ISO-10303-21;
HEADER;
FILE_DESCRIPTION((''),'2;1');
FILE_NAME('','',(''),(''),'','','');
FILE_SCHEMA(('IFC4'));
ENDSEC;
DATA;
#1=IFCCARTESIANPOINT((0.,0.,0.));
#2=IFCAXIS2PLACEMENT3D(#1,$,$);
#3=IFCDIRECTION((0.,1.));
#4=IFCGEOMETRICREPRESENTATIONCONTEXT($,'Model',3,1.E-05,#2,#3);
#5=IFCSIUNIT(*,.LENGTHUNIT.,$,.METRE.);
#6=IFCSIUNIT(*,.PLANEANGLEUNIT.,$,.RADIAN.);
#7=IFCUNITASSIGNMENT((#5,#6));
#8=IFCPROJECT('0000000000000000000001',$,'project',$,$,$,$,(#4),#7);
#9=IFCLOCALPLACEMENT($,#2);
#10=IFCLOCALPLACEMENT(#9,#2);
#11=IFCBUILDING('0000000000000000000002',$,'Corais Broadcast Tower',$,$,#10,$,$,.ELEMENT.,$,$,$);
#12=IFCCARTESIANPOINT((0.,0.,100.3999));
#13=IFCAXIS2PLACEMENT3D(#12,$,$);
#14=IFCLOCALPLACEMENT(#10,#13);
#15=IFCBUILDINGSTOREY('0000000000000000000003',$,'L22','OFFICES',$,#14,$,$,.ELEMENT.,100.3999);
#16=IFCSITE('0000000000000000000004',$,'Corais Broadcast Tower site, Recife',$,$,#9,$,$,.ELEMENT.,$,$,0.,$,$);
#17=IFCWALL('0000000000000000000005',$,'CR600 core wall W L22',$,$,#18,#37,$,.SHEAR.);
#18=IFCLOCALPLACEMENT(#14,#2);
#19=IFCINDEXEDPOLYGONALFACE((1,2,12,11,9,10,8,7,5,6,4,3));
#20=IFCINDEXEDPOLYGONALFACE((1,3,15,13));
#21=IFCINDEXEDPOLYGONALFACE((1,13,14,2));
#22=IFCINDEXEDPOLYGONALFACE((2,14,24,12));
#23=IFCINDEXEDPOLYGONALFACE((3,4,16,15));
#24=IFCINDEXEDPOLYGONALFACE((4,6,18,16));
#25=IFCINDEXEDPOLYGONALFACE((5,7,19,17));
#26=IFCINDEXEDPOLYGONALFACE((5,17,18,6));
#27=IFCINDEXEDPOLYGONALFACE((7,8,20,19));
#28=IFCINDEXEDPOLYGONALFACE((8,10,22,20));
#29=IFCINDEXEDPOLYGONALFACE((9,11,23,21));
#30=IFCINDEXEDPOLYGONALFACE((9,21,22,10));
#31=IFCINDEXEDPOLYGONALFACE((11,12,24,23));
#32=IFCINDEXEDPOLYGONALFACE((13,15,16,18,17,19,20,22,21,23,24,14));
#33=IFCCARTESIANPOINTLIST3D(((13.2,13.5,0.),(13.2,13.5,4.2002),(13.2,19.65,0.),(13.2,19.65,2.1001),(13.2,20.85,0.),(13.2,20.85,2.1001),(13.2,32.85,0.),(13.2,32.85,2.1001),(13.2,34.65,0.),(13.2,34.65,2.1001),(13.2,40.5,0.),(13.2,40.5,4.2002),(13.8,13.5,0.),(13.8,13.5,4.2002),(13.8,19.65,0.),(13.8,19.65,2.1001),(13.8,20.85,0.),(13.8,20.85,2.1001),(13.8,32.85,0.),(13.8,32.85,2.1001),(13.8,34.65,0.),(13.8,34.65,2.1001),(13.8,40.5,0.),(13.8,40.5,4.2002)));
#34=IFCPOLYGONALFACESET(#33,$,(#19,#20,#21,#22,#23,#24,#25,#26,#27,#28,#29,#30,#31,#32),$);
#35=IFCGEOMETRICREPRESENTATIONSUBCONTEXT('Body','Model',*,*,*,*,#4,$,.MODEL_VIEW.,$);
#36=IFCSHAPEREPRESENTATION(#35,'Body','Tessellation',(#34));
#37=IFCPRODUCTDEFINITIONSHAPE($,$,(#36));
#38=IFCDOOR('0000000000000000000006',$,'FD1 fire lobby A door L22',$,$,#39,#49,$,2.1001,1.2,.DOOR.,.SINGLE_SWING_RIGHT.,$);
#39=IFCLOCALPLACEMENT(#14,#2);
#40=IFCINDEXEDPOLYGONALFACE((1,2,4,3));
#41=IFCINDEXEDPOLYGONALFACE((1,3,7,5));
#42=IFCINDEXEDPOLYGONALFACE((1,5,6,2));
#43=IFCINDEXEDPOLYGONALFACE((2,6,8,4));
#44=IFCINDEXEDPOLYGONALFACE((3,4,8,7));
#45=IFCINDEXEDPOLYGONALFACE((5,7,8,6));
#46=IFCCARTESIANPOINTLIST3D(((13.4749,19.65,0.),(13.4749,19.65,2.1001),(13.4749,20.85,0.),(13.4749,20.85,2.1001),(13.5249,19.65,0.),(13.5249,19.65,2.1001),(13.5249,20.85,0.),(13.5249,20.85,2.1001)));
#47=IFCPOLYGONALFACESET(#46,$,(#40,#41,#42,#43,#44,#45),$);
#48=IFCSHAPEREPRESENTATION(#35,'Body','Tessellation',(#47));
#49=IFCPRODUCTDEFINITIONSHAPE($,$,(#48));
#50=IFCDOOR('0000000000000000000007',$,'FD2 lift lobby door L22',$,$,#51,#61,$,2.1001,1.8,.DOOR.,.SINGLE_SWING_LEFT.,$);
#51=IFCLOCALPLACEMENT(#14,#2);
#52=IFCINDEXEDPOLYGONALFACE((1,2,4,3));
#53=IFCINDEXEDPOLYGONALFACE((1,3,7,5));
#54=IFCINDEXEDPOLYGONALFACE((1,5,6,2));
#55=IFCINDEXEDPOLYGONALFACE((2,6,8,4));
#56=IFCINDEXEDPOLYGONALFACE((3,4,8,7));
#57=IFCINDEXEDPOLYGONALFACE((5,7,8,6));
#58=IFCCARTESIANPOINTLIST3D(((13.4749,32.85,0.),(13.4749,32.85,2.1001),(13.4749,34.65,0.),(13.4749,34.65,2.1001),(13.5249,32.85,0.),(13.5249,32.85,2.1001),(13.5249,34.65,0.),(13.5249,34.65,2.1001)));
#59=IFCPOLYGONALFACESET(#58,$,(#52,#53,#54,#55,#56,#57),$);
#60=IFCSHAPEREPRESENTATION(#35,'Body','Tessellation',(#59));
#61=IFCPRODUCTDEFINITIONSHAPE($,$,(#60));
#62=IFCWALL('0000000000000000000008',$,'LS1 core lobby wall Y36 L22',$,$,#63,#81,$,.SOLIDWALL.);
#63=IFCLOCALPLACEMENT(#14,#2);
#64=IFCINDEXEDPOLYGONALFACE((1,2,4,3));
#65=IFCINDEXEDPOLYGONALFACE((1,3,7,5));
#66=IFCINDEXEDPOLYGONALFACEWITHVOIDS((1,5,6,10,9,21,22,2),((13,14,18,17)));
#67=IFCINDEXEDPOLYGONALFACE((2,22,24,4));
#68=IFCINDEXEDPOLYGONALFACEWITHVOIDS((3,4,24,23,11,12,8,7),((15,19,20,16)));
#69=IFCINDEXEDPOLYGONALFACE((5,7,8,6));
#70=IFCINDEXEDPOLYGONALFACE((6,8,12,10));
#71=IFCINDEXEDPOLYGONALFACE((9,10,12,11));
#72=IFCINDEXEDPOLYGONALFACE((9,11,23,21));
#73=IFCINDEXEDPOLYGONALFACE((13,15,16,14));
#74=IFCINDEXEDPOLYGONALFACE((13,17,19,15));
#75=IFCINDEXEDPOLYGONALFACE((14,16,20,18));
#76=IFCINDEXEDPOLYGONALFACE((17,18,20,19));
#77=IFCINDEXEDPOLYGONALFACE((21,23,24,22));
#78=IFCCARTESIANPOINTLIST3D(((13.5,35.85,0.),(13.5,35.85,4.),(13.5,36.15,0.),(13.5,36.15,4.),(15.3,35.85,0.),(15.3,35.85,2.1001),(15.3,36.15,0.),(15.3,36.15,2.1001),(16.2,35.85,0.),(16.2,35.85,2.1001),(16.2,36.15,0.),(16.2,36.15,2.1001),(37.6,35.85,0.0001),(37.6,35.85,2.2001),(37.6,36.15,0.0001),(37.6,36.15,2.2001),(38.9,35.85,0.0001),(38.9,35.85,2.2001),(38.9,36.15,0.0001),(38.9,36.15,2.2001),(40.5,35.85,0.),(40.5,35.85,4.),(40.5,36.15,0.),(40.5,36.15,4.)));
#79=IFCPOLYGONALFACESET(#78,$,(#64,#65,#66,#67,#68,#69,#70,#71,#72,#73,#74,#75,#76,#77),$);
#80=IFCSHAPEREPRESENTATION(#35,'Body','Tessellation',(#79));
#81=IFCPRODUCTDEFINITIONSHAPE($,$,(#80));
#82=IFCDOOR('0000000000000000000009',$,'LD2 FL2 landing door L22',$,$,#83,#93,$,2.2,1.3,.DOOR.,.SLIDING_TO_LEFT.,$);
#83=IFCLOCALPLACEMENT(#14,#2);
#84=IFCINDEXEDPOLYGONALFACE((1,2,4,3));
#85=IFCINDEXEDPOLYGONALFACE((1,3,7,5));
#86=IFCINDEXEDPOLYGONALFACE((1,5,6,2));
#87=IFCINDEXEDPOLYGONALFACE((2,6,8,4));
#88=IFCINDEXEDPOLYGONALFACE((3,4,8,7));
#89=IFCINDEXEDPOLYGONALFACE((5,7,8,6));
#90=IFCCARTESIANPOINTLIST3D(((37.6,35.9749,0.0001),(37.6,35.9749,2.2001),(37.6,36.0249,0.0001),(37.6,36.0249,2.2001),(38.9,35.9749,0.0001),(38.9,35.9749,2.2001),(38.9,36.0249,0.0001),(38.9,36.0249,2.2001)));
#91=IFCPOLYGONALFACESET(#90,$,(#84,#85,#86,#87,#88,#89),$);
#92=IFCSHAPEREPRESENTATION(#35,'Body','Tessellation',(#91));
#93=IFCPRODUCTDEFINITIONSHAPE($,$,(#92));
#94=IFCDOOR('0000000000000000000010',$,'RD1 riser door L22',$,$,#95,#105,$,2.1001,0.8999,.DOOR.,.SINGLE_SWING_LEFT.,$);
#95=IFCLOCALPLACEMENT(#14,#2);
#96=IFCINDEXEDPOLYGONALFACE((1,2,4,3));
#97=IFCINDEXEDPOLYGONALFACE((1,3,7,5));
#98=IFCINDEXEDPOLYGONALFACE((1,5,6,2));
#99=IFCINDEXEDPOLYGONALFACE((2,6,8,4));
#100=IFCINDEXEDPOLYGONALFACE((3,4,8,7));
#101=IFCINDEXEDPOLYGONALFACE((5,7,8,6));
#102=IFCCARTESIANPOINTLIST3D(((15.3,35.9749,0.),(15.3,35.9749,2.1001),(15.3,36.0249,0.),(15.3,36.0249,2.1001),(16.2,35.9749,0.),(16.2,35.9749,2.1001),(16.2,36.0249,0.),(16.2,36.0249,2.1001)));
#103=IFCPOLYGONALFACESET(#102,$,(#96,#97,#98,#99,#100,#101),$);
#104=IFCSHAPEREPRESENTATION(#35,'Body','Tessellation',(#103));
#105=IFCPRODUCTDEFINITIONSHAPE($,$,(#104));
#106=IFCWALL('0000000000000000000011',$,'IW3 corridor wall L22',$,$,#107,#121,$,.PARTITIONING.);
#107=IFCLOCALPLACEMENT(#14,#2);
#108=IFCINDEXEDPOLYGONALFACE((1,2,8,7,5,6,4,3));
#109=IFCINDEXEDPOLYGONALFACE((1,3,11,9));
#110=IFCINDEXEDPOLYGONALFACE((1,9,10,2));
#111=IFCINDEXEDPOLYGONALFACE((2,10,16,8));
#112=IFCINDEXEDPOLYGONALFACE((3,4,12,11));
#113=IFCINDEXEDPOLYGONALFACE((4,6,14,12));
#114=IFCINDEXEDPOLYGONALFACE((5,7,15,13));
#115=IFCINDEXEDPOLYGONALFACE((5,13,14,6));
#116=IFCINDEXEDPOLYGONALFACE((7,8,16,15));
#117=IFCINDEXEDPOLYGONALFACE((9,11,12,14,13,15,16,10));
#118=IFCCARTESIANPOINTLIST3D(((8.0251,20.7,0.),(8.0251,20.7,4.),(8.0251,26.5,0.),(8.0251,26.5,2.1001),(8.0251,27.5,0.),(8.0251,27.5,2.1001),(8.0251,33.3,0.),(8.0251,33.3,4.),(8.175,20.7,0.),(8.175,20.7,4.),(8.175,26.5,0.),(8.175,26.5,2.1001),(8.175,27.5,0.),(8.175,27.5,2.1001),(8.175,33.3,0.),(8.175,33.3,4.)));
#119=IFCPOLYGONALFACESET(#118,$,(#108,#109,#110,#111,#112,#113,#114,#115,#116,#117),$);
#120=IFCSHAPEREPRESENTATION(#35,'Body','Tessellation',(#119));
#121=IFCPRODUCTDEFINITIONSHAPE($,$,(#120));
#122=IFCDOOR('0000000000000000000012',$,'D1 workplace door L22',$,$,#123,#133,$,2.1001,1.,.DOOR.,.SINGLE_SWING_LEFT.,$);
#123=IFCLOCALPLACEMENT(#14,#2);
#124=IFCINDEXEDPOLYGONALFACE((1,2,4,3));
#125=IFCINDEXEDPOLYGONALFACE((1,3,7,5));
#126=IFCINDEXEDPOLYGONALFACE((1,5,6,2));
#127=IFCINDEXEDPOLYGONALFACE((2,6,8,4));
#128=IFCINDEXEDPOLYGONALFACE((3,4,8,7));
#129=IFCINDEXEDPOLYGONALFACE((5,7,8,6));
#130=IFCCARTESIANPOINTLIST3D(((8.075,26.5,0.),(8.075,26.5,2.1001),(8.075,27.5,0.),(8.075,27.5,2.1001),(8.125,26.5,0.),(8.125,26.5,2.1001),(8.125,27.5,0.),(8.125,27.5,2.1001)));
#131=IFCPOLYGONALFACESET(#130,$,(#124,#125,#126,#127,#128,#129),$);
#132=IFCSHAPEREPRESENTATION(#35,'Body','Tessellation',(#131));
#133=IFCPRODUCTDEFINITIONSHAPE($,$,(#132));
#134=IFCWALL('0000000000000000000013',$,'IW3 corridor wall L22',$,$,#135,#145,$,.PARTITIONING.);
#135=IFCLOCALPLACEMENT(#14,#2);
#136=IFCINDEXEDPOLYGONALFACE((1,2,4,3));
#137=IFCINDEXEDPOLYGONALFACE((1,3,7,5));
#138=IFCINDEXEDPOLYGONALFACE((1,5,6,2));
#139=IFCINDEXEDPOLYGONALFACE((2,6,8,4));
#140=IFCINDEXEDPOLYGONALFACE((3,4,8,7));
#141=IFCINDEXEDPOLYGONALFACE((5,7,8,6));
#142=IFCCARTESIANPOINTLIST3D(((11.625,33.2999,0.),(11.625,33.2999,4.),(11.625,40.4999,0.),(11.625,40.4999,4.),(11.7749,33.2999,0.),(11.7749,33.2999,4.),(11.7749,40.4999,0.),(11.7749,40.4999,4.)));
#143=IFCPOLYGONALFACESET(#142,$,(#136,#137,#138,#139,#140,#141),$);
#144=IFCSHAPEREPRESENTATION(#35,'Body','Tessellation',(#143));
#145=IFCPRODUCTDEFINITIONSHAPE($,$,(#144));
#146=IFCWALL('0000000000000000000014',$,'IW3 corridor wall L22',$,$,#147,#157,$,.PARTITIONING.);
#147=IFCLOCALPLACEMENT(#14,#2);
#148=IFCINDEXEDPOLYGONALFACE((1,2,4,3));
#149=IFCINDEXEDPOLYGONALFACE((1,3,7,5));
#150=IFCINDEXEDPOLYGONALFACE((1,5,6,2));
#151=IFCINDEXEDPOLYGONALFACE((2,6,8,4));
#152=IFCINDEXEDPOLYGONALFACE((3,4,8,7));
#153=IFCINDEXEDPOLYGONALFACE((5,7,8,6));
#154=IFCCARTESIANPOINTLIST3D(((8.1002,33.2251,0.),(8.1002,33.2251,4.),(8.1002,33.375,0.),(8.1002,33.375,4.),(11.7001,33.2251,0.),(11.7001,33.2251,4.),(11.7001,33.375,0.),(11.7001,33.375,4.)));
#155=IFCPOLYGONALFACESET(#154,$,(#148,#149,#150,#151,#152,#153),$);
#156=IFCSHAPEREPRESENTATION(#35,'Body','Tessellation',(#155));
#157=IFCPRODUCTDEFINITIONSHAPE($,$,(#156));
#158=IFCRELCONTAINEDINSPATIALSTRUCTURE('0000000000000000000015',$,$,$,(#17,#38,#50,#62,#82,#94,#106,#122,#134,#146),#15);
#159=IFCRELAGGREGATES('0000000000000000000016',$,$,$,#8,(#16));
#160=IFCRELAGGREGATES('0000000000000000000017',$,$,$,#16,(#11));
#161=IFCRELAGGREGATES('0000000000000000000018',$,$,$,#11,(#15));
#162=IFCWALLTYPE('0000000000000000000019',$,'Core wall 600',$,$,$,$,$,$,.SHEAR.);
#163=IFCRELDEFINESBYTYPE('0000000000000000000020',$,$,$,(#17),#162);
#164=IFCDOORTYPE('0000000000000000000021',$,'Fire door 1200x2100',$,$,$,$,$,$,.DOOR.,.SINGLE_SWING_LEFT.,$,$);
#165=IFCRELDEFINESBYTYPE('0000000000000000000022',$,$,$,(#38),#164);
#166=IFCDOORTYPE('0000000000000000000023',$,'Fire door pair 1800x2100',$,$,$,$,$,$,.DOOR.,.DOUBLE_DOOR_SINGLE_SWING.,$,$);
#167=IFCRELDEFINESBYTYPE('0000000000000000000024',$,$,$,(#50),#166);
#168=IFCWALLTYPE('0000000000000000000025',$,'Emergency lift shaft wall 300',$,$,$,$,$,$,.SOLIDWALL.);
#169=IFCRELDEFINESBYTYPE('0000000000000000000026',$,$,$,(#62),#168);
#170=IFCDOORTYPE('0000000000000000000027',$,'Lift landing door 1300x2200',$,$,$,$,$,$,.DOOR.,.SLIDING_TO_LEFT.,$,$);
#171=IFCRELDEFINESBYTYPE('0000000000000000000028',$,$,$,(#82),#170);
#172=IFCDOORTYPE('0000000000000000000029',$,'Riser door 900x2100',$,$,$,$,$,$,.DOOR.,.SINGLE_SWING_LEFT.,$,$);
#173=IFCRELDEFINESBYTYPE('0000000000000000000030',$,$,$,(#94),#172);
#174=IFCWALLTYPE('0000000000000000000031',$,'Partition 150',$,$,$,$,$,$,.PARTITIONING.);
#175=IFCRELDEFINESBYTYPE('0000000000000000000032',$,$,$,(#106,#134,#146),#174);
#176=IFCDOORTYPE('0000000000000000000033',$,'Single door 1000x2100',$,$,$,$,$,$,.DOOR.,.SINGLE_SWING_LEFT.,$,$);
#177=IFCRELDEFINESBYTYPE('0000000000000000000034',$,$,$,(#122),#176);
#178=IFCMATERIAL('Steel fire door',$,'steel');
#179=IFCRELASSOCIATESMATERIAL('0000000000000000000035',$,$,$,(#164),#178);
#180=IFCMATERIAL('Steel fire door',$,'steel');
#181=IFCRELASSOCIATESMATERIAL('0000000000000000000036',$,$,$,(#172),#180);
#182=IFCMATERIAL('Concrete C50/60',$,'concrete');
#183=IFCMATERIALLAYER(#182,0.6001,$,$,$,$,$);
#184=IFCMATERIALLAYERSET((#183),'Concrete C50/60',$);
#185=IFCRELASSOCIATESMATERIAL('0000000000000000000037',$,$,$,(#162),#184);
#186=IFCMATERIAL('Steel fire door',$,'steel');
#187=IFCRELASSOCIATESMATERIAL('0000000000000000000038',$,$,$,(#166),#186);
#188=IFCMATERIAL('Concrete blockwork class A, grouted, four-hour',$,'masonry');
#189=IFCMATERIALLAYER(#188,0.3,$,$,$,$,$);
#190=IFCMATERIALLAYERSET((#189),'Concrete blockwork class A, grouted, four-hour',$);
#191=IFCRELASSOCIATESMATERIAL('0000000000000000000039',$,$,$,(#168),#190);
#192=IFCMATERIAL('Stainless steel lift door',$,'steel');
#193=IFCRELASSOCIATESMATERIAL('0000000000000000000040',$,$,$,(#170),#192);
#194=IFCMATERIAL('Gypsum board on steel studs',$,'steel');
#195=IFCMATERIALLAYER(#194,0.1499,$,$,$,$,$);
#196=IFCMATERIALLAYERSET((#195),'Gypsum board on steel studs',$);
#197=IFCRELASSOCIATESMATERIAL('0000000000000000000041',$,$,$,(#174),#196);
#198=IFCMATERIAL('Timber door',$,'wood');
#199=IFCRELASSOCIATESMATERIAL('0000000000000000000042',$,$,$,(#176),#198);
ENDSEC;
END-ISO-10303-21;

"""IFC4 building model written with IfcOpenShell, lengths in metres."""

from ifc_helpers import new_model, si_unit, direction, frame, frame_2d, origin, place, context, subcontext, project, spatial, rectangle, extrude, material, layer, layer_set, type_object, element, fill, save


model = new_model("IFC4")

# Units and contexts
model_context = context("Model", 3, precision=1e-05, world=origin(), true_north=direction((0.0, 1.0)))
body_context = subcontext(model_context, "Body", "Model", "MODEL_VIEW")
ifc_project = project(units=[si_unit("LENGTHUNIT", "METRE"), si_unit("PLANEANGLEUNIT", "RADIAN")], contexts=[model_context])

# Site, building, storey
site_placement = place(None, origin())
site = spatial("IfcSite", under=ifc_project, at=site_placement, Name="Corais Broadcast Tower site, Recife", CompositionType="ELEMENT", RefElevation=0.0)
building_placement = place(site_placement, origin())
building = spatial("IfcBuilding", under=site, at=building_placement, Name="Corais Broadcast Tower", CompositionType="ELEMENT")
storey_placement = place(building_placement, frame((0.0, 0.0, 100.3999)))
storey = spatial("IfcBuildingStorey", under=building, at=storey_placement, Name="L22", Description="OFFICES", CompositionType="ELEMENT", Elevation=100.3999)

# Walls, openings, doors
ifc_material_1 = material(Name="Steel fire door", Category="steel")
door_type_1 = type_object("IfcDoorType", Name="Fire door 1200x2100", OperationType="SINGLE_SWING_LEFT", PredefinedType="DOOR", material=ifc_material_1)
ifc_material_2 = material(Name="Steel fire door", Category="steel")
door_type_2 = type_object("IfcDoorType", Name="Riser door 900x2100", OperationType="SINGLE_SWING_LEFT", PredefinedType="DOOR", material=ifc_material_2)
ifc_material_3 = material(Name="Concrete C50/60", Category="concrete")
ifc_layer_1 = layer(ifc_material_3, 0.6001)
ifc_layer_set_1 = layer_set([ifc_layer_1], Name="Concrete C50/60")
wall_type_1 = type_object("IfcWallType", Name="Core wall 600", PredefinedType="SHEAR", material=ifc_layer_set_1)
wall_1_placement = place(storey_placement, frame((13.5, 40.5, 0.0), z_axis=(0.0, 0.0, 1.0), x_axis=(0.0, -1.0, 0.0)))
wall_1 = element("IfcWall", 1, at=wall_1_placement, inside=storey, type_object=wall_type_1, Name="CR600 core wall W L22", PredefinedType="SHEAR", context=body_context, shape_type="SweptSolid", body=[
    extrude(rectangle(XDim=27.0, YDim=0.6001, at=frame_2d((13.5, 0.0))), origin(), (0.0, 0.0, 1.0), 4.2002),
])
opening_1_placement = place(wall_1_placement, frame((19.6499, 0.0, 0.0)))
opening_1 = element("IfcOpeningElement", 2, at=opening_1_placement, cuts=wall_1, PredefinedType="OPENING", context=body_context, shape_type="SweptSolid", body=[
    extrude(rectangle(XDim=1.2, YDim=2.1001, at=frame_2d((0.6001, 1.05))), frame((0.0, 0.3101, 0.0), z_axis=(0.0, -1.0, 0.0), x_axis=(1.0, 0.0, 0.0)), (0.0, 0.0, 1.0), 0.6201),
])
opening_2_placement = place(wall_1_placement, frame((5.8501, 0.0, 0.0)))
opening_2 = element("IfcOpeningElement", 3, at=opening_2_placement, cuts=wall_1, PredefinedType="OPENING", context=body_context, shape_type="SweptSolid", body=[
    extrude(rectangle(XDim=1.8, YDim=2.1001, at=frame_2d((0.8999, 1.05))), frame((0.0, 0.3101, 0.0), z_axis=(0.0, -1.0, 0.0), x_axis=(1.0, 0.0, 0.0)), (0.0, 0.0, 1.0), 0.6201),
])
door_1_placement = place(opening_1_placement, origin())
door_1 = element("IfcDoor", 4, at=door_1_placement, inside=storey, type_object=door_type_1, Name="FD1 fire lobby A door L22", OperationType="SINGLE_SWING_RIGHT", OverallHeight=2.1001, OverallWidth=1.2, PredefinedType="DOOR", context=body_context, shape_type="SweptSolid", body=[
    extrude(rectangle(XDim=1.2, YDim=2.1001, at=frame_2d((0.6001, 1.05))), frame((0.0, 0.0249, 0.0), z_axis=(0.0, -1.0, 0.0), x_axis=(1.0, 0.0, 0.0)), (0.0, 0.0, 1.0), 0.05),
])
fill(opening_1, door_1)
ifc_material_4 = material(Name="Steel fire door", Category="steel")
door_type_3 = type_object("IfcDoorType", Name="Fire door pair 1800x2100", OperationType="DOUBLE_DOOR_SINGLE_SWING", PredefinedType="DOOR", material=ifc_material_4)
door_2_placement = place(opening_2_placement, origin())
door_2 = element("IfcDoor", 5, at=door_2_placement, inside=storey, type_object=door_type_3, Name="FD2 lift lobby door L22", OperationType="SINGLE_SWING_LEFT", OverallHeight=2.1001, OverallWidth=1.8, PredefinedType="DOOR", context=body_context, shape_type="SweptSolid", body=[
    extrude(rectangle(XDim=1.8, YDim=2.1001, at=frame_2d((0.8999, 1.05))), frame((0.0, 0.0249, 0.0), z_axis=(0.0, -1.0, 0.0), x_axis=(1.0, 0.0, 0.0)), (0.0, 0.0, 1.0), 0.05),
])
fill(opening_2, door_2)
ifc_material_5 = material(Name="Concrete blockwork class A, grouted, four-hour", Category="masonry")
ifc_layer_2 = layer(ifc_material_5, 0.3)
ifc_layer_set_2 = layer_set([ifc_layer_2], Name="Concrete blockwork class A, grouted, four-hour")
wall_type_2 = type_object("IfcWallType", Name="Emergency lift shaft wall 300", PredefinedType="SOLIDWALL", material=ifc_layer_set_2)
wall_2_placement = place(storey_placement, frame((13.5, 36.0, 0.0), z_axis=(0.0, 0.0, 1.0), x_axis=(1.0, 0.0, 0.0)))
wall_2 = element("IfcWall", 6, at=wall_2_placement, inside=storey, type_object=wall_type_2, Name="LS1 core lobby wall Y36 L22", PredefinedType="SOLIDWALL", context=body_context, shape_type="SweptSolid", body=[
    extrude(rectangle(XDim=27.0, YDim=0.3, at=frame_2d((13.5, 0.0))), origin(), (0.0, 0.0, 1.0), 4.0),
])
opening_3_placement = place(wall_2_placement, frame((1.8, 0.0, 0.0)))
opening_3 = element("IfcOpeningElement", 7, at=opening_3_placement, cuts=wall_2, PredefinedType="OPENING", context=body_context, shape_type="SweptSolid", body=[
    extrude(rectangle(XDim=0.8999, YDim=2.1001, at=frame_2d((0.45, 1.05))), frame((0.0, 0.1599, 0.0), z_axis=(0.0, -1.0, 0.0), x_axis=(1.0, 0.0, 0.0)), (0.0, 0.0, 1.0), 0.3201),
])
opening_4_placement = place(wall_2_placement, frame((24.1001, 0.0, 0.0)))
opening_4 = element("IfcOpeningElement", 8, at=opening_4_placement, cuts=wall_2, PredefinedType="OPENING", context=body_context, shape_type="SweptSolid", body=[
    extrude(rectangle(XDim=1.3, YDim=2.2, at=frame_2d((0.6499, 1.1001))), frame((0.0, 0.1599, 0.0), z_axis=(0.0, -1.0, 0.0), x_axis=(1.0, 0.0, 0.0)), (0.0, 0.0, 1.0), 0.3201),
])
ifc_material_6 = material(Name="Stainless steel lift door", Category="steel")
door_type_4 = type_object("IfcDoorType", Name="Lift landing door 1300x2200", OperationType="SLIDING_TO_LEFT", PredefinedType="DOOR", material=ifc_material_6)
door_3_placement = place(opening_4_placement, origin())
door_3 = element("IfcDoor", 9, at=door_3_placement, inside=storey, type_object=door_type_4, Name="LD2 FL2 landing door L22", OperationType="SLIDING_TO_LEFT", OverallHeight=2.2, OverallWidth=1.3, PredefinedType="DOOR", context=body_context, shape_type="SweptSolid", body=[
    extrude(rectangle(XDim=1.3, YDim=2.2, at=frame_2d((0.6499, 1.1001))), frame((0.0, 0.0249, 0.0), z_axis=(0.0, -1.0, 0.0), x_axis=(1.0, 0.0, 0.0)), (0.0, 0.0, 1.0), 0.05),
])
fill(opening_4, door_3)
door_4_placement = place(opening_3_placement, origin())
door_4 = element("IfcDoor", 10, at=door_4_placement, inside=storey, type_object=door_type_2, Name="RD1 riser door L22", OperationType="SINGLE_SWING_LEFT", OverallHeight=2.1001, OverallWidth=0.8999, PredefinedType="DOOR", context=body_context, shape_type="SweptSolid", body=[
    extrude(rectangle(XDim=0.8999, YDim=2.1001, at=frame_2d((0.45, 1.05))), frame((0.0, 0.0249, 0.0), z_axis=(0.0, -1.0, 0.0), x_axis=(1.0, 0.0, 0.0)), (0.0, 0.0, 1.0), 0.05),
])
fill(opening_3, door_4)

# Wall, opening, door
ifc_material_7 = material(Name="Gypsum board on steel studs", Category="steel")
ifc_layer_3 = layer(ifc_material_7, 0.1499)
ifc_layer_set_3 = layer_set([ifc_layer_3], Name="Gypsum board on steel studs")
wall_type_3 = type_object("IfcWallType", Name="Partition 150", PredefinedType="PARTITIONING", material=ifc_layer_set_3)
wall_3_placement = place(storey_placement, frame((8.1001, 33.3, 0.0), z_axis=(0.0, 0.0, 1.0), x_axis=(0.0, -1.0, 0.0)))
wall_3 = element("IfcWall", 11, at=wall_3_placement, inside=storey, type_object=wall_type_3, Name="IW3 corridor wall L22", PredefinedType="PARTITIONING", context=body_context, shape_type="SweptSolid", body=[
    extrude(rectangle(XDim=12.6001, YDim=0.1499, at=frame_2d((6.3, 0.0))), origin(), (0.0, 0.0, 1.0), 4.0),
])
opening_5_placement = place(wall_3_placement, frame((5.8, 0.0, 0.0)))
opening_5 = element("IfcOpeningElement", 12, at=opening_5_placement, cuts=wall_3, PredefinedType="OPENING", context=body_context, shape_type="SweptSolid", body=[
    extrude(rectangle(XDim=1.0, YDim=2.1001, at=frame_2d((0.5, 1.05))), frame((0.0, 0.085, 0.0), z_axis=(0.0, -1.0, 0.0), x_axis=(1.0, 0.0, 0.0)), (0.0, 0.0, 1.0), 0.1699),
])
ifc_material_8 = material(Name="Timber door", Category="wood")
door_type_5 = type_object("IfcDoorType", Name="Single door 1000x2100", OperationType="SINGLE_SWING_LEFT", PredefinedType="DOOR", material=ifc_material_8)
door_5_placement = place(opening_5_placement, origin())
door_5 = element("IfcDoor", 13, at=door_5_placement, inside=storey, type_object=door_type_5, Name="D1 workplace door L22", OperationType="SINGLE_SWING_LEFT", OverallHeight=2.1001, OverallWidth=1.0, PredefinedType="DOOR", context=body_context, shape_type="SweptSolid", body=[
    extrude(rectangle(XDim=1.0, YDim=2.1001, at=frame_2d((0.5, 1.05))), frame((0.0, 0.0249, 0.0), z_axis=(0.0, -1.0, 0.0), x_axis=(1.0, 0.0, 0.0)), (0.0, 0.0, 1.0), 0.05),
])
fill(opening_5, door_5)

# Walls
wall_4_placement = place(storey_placement, frame((11.7, 40.5, 0.0), z_axis=(0.0, 0.0, 1.0), x_axis=(0.0, -1.0, 0.0)))
element("IfcWall", 14, at=wall_4_placement, inside=storey, type_object=wall_type_3, Name="IW3 corridor wall L22", PredefinedType="PARTITIONING", context=body_context, shape_type="SweptSolid", body=[
    extrude(rectangle(XDim=7.2, YDim=0.1499, at=frame_2d((3.6001, 0.0))), origin(), (0.0, 0.0, 1.0), 4.0),
])
wall_5_placement = place(storey_placement, frame((11.7, 33.3, 0.0), z_axis=(0.0, 0.0, 1.0), x_axis=(-1.0, 0.0, 0.0)))
element("IfcWall", 15, at=wall_5_placement, inside=storey, type_object=wall_type_3, Name="IW3 corridor wall L22", PredefinedType="PARTITIONING", context=body_context, shape_type="SweptSolid", body=[
    extrude(rectangle(XDim=3.5999, YDim=0.1499, at=frame_2d((1.7998, 0.0))), origin(), (0.0, 0.0, 1.0), 4.0),
])

save(model, "model.ifc")
